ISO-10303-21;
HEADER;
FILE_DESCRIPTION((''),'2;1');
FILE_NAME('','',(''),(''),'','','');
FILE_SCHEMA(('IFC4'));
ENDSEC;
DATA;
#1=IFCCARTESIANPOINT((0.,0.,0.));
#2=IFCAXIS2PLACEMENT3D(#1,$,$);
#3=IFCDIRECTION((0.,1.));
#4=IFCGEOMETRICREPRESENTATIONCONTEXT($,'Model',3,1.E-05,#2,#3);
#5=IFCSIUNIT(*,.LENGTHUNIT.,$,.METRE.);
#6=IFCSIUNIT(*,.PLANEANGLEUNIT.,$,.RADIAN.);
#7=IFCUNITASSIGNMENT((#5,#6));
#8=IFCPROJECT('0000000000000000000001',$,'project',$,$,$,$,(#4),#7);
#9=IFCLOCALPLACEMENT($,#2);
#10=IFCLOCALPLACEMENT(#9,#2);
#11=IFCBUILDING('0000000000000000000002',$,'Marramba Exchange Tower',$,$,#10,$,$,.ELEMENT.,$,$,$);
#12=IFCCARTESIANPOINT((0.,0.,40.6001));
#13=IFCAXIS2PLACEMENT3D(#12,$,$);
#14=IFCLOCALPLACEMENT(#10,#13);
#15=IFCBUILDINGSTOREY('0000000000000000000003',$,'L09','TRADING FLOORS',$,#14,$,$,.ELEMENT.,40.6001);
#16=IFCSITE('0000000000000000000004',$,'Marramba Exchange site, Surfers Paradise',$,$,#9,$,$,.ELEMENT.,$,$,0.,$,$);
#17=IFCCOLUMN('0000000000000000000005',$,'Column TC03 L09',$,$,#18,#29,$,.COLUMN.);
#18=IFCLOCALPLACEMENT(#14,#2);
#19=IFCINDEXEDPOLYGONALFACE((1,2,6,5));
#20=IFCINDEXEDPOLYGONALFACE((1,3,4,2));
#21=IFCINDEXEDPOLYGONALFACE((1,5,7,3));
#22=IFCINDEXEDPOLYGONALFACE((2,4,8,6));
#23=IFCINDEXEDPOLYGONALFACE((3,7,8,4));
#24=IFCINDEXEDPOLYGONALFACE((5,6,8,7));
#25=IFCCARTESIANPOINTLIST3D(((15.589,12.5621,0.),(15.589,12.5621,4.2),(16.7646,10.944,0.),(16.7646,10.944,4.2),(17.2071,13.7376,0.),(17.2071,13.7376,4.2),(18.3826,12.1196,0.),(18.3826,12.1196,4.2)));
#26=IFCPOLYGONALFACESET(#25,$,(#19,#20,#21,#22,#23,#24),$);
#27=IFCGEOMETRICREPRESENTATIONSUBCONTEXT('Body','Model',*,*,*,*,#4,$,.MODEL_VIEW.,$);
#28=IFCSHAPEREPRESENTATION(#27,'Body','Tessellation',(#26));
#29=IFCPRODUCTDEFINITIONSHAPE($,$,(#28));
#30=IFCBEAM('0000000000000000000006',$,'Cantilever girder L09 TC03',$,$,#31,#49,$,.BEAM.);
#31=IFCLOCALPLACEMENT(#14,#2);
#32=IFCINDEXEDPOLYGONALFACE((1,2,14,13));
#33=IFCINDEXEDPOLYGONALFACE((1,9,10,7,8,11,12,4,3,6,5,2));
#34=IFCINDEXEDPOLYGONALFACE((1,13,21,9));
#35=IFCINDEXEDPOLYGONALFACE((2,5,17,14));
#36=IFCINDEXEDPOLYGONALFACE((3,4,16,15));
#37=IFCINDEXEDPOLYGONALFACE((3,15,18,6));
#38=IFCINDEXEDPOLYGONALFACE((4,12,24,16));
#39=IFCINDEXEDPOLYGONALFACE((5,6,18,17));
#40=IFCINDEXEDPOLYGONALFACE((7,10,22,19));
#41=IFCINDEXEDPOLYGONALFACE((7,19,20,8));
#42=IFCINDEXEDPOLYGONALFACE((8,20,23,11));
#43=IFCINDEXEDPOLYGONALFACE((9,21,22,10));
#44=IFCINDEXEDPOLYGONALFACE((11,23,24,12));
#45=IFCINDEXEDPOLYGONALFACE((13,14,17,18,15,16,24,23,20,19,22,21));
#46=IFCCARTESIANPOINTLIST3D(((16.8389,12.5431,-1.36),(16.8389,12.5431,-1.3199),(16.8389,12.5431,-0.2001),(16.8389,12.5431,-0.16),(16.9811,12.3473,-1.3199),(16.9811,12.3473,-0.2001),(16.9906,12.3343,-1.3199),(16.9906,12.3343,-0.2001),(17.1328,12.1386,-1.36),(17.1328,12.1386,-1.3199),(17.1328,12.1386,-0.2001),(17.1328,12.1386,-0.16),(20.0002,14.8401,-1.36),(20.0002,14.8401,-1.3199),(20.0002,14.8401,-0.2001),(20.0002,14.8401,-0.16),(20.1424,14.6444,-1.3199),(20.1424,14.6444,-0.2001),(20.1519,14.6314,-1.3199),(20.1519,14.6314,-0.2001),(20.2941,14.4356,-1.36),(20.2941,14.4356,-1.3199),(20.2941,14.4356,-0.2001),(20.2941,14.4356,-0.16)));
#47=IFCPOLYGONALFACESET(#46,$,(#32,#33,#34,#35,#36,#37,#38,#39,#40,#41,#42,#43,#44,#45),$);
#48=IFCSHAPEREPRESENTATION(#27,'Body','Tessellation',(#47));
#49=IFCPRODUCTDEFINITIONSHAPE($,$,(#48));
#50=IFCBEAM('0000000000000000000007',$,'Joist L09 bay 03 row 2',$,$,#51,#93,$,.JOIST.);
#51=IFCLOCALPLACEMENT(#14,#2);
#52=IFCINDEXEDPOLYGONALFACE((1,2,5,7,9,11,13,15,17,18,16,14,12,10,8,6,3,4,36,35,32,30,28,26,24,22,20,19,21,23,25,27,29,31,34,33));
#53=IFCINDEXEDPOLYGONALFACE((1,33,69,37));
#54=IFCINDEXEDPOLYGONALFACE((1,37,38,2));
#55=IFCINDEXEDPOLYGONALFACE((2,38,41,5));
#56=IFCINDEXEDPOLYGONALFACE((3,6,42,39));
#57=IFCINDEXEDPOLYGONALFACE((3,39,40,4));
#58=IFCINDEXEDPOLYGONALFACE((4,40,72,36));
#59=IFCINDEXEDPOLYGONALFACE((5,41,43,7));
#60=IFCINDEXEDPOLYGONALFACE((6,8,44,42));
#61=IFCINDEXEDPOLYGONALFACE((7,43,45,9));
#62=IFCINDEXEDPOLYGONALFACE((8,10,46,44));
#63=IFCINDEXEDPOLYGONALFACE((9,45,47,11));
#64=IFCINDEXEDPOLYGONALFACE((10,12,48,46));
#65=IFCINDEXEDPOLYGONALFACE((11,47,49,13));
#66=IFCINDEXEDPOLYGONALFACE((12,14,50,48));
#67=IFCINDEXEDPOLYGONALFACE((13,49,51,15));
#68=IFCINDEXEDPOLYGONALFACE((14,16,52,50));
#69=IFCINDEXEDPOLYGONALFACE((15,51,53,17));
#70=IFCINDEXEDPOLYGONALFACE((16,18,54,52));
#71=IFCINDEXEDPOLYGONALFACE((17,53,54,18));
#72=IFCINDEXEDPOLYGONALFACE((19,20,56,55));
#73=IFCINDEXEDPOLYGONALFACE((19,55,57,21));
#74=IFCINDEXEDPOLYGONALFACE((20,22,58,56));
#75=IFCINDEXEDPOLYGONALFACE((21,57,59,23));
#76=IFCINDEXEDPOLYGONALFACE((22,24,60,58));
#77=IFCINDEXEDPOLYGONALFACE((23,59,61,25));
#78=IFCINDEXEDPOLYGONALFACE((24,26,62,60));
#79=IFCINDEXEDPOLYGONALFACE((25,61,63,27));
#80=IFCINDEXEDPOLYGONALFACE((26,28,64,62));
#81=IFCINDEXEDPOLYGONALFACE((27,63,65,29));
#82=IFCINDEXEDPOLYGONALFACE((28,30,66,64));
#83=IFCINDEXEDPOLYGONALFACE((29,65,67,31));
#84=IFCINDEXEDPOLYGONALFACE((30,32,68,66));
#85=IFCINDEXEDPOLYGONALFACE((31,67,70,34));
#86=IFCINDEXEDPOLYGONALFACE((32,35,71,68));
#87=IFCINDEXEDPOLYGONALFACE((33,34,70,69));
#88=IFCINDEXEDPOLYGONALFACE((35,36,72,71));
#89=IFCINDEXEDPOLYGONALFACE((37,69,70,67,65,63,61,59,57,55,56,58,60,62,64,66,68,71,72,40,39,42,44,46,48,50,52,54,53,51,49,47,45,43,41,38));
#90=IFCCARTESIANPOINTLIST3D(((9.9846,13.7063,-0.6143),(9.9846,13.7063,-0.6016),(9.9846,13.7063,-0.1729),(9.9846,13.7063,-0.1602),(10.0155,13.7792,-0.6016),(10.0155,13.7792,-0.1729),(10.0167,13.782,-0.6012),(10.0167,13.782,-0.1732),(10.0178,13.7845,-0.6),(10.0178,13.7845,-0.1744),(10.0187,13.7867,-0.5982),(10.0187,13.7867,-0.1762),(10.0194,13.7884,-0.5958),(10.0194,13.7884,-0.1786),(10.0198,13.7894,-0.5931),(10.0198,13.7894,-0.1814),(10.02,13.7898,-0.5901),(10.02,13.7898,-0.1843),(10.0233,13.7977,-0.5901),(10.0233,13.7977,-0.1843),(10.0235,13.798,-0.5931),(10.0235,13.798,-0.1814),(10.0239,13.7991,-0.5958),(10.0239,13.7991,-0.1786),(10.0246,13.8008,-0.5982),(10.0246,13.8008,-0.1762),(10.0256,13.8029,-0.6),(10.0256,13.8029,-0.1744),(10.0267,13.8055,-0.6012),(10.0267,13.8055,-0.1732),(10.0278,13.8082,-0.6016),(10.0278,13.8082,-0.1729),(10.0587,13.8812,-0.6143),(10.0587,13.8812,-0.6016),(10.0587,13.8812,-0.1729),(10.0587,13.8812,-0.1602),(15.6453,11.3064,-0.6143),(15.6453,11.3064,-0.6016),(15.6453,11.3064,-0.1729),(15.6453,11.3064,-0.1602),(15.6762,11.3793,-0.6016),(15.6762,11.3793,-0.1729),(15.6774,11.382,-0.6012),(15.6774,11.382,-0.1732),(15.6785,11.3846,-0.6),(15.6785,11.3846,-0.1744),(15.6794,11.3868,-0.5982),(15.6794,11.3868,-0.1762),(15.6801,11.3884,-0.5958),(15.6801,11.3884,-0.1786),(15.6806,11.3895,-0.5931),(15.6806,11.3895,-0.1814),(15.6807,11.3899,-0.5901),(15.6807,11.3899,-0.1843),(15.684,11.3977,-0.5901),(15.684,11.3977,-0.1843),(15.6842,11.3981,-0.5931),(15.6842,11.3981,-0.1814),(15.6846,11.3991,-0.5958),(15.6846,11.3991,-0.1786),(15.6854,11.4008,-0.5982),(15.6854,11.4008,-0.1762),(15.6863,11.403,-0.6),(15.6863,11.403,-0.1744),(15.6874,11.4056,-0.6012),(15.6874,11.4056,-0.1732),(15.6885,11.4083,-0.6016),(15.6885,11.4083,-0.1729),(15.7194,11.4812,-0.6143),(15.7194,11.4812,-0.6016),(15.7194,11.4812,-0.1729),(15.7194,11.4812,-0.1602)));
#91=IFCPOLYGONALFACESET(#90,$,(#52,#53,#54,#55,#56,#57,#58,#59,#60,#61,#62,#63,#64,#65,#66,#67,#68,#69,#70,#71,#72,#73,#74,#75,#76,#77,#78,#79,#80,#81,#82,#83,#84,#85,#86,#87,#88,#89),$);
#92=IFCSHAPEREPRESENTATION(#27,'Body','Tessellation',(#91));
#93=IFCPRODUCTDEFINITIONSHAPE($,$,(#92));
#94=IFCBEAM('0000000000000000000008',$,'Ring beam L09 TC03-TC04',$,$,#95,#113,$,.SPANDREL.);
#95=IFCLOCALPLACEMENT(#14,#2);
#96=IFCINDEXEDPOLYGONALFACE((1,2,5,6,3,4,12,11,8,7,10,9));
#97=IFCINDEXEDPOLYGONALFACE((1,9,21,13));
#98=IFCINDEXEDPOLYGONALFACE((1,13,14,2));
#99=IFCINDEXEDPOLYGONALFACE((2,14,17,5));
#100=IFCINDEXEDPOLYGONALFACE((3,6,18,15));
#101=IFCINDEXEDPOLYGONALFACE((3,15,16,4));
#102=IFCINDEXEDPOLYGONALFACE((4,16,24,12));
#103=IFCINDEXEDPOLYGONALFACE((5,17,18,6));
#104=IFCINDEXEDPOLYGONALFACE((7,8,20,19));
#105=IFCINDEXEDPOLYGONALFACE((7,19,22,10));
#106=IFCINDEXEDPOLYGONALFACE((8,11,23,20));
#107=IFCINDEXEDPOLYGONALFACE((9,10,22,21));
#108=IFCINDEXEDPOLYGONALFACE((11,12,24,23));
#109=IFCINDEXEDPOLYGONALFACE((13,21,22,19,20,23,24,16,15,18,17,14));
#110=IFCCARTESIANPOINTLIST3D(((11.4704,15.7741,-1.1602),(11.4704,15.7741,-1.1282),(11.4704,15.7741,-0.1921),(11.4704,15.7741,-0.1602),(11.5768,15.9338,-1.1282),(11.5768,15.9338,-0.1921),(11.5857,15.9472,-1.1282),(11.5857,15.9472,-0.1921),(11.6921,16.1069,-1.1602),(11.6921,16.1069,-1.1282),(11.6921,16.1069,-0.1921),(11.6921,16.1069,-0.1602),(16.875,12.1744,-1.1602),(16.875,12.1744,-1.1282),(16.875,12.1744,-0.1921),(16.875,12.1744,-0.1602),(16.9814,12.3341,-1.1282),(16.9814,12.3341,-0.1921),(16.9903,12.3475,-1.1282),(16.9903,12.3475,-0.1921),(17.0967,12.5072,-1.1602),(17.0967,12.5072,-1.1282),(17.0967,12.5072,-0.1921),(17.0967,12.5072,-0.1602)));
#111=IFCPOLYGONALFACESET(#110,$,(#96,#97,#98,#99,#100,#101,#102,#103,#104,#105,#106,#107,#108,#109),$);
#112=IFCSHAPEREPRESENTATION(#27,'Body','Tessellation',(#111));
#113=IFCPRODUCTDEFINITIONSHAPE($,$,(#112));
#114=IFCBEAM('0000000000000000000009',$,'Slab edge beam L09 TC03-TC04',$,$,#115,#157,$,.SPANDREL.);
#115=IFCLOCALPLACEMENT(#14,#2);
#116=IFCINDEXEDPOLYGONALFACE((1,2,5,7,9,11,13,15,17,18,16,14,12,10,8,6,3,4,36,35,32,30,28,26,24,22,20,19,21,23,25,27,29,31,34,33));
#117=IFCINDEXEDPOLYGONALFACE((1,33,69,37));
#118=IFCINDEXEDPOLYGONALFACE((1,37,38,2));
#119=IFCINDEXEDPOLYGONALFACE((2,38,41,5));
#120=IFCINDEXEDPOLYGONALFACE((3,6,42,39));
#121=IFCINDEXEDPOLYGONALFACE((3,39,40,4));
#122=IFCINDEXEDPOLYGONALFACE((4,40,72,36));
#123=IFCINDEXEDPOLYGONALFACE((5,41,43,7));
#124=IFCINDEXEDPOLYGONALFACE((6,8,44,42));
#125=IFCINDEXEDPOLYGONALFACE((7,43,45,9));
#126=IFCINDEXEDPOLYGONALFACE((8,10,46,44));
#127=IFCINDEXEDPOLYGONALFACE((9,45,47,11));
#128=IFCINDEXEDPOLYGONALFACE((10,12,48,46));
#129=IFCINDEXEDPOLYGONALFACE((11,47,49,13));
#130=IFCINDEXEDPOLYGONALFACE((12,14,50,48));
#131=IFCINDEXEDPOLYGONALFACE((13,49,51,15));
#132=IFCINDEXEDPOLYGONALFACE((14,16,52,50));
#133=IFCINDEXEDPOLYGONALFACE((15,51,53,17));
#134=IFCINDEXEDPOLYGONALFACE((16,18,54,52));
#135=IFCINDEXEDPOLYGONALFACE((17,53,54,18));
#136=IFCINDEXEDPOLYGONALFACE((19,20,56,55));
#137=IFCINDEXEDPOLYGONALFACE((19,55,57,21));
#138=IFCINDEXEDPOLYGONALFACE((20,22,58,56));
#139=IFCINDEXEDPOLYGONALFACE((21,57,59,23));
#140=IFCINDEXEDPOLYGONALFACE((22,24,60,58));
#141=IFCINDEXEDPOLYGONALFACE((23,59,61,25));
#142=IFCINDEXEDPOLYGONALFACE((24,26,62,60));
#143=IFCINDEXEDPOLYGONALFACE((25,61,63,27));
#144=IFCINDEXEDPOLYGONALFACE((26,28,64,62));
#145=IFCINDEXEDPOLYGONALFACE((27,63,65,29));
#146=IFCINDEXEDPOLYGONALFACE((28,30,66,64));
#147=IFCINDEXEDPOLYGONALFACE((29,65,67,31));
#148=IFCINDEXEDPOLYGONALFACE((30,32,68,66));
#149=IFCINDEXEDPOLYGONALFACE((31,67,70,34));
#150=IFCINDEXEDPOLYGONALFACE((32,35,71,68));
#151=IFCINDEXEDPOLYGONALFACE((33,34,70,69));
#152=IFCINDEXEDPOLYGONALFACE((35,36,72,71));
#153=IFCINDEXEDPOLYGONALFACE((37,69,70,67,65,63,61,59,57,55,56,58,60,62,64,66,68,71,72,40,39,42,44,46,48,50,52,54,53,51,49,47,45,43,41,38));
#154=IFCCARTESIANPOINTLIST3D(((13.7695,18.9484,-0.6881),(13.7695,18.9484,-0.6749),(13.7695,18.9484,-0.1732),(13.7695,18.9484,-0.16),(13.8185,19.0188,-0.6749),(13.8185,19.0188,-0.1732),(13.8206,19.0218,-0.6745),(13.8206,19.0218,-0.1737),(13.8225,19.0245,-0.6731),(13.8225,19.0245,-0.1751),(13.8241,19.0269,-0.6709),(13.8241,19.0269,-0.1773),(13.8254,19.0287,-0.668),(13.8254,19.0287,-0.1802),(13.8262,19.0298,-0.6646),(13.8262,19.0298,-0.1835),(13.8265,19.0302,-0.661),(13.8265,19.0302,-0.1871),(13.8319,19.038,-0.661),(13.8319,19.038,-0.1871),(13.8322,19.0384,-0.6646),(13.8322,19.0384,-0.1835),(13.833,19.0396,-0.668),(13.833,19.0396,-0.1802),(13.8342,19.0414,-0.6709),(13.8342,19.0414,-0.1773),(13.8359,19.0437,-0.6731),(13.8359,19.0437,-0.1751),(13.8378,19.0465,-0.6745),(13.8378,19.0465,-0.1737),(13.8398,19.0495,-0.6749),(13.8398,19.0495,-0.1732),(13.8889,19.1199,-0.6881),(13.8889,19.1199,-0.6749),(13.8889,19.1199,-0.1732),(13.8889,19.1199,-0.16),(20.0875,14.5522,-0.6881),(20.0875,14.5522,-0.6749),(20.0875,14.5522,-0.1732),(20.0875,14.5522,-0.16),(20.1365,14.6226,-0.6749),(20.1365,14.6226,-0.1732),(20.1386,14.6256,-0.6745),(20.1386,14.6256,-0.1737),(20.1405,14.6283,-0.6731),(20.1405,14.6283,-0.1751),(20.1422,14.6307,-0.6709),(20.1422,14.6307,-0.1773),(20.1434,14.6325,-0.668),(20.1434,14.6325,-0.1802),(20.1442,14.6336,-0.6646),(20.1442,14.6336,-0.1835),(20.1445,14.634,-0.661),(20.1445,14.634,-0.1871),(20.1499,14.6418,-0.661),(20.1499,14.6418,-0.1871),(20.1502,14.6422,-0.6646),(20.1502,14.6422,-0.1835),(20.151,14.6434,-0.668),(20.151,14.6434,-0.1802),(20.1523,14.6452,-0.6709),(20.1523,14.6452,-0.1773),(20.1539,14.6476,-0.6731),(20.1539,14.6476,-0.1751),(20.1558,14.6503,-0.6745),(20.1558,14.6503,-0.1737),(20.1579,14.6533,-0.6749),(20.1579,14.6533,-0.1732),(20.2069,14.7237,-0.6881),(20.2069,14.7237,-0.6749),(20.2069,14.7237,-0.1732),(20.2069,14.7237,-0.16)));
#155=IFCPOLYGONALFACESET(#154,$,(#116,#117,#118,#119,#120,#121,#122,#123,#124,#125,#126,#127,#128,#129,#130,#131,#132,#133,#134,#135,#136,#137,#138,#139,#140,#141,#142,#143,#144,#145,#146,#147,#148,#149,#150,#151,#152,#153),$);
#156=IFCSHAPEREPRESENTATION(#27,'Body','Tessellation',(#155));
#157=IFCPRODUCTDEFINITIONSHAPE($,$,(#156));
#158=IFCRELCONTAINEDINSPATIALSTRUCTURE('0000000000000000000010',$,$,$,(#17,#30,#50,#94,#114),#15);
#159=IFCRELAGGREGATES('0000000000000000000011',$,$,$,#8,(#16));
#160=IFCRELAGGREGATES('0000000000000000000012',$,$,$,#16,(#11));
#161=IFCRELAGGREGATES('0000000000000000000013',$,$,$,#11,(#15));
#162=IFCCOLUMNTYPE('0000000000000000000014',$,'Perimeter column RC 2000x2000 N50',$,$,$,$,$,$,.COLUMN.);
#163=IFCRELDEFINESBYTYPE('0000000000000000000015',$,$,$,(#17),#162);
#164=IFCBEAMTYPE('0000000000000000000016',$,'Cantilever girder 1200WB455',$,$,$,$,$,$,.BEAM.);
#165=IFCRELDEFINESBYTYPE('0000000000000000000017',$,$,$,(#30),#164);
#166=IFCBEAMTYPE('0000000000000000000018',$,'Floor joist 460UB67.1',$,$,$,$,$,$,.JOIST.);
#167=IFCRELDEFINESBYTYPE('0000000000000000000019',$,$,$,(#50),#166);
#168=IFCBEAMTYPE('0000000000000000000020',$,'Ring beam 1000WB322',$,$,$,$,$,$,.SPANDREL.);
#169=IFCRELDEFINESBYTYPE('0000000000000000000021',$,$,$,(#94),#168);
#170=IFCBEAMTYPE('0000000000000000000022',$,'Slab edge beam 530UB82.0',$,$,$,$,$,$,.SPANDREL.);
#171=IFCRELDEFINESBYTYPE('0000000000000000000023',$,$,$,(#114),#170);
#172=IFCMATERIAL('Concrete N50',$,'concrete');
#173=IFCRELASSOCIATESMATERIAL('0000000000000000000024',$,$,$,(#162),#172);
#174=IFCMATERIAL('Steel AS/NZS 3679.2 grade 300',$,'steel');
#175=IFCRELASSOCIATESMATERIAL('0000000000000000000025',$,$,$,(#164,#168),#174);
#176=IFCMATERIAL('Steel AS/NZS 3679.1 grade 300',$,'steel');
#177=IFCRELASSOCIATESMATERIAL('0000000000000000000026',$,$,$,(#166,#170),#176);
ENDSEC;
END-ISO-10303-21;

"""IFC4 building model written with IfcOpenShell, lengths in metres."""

from ifc_helpers import new_model, si_unit, direction, frame, origin, origin_2d, place, context, subcontext, project, spatial, rectangle, i_section, extrude, material, material_profile, profile_set, type_object, element, save


model = new_model("IFC4")

# Units and contexts
model_context = context("Model", 3, precision=1e-05, world=origin(), true_north=direction((0.0, 1.0)))
body_context = subcontext(model_context, "Body", "Model", "MODEL_VIEW")
ifc_project = project(units=[si_unit("LENGTHUNIT", "METRE"), si_unit("PLANEANGLEUNIT", "RADIAN")], contexts=[model_context])

# Site, building, storey
site_placement = place(None, origin())
site = spatial("IfcSite", under=ifc_project, at=site_placement, Name="Marramba Exchange site, Surfers Paradise", CompositionType="ELEMENT", RefElevation=0.0)
building_placement = place(site_placement, origin())
building = spatial("IfcBuilding", under=site, at=building_placement, Name="Marramba Exchange Tower", CompositionType="ELEMENT")
storey_placement = place(building_placement, frame((0.0, 0.0, 40.6001)))
storey = spatial("IfcBuildingStorey", under=building, at=storey_placement, Name="L09", Description="TRADING FLOORS", CompositionType="ELEMENT", Elevation=40.6001)

# Column
ifc_material_1 = material(Name="Concrete N50", Category="concrete")
ifc_material_profile_1 = material_profile(ifc_material_1, rectangle(XDim=2.0, YDim=2.0, at=origin_2d()), Name="RC 2000x2000")
ifc_profile_set_1 = profile_set([ifc_material_profile_1], Name="Concrete N50")
column_type = type_object("IfcColumnType", Name="Perimeter column RC 2000x2000 N50", PredefinedType="COLUMN", material=ifc_profile_set_1)
column_placement = place(storey_placement, frame((16.9858, 12.3408, 0.0), z_axis=(0.0, 0.0, 1.0), x_axis=(0.809017, 0.587785, 0.0)))
element("IfcColumn", 1, at=column_placement, inside=storey, type_object=column_type, Name="Column TC03 L09", PredefinedType="COLUMN", context=body_context, shape_type="SweptSolid", body=[
    extrude(rectangle(XDim=2.0, YDim=2.0, at=origin_2d()), origin(), (0.0, 0.0, 1.0), 4.2),
])

# Beams
ifc_material_2 = material(Name="Steel AS/NZS 3679.2 grade 300", Category="steel")
ifc_material_profile_2 = material_profile(ifc_material_2, i_section(OverallWidth=0.5, OverallDepth=1.2, WebThickness=0.0161, FlangeThickness=0.04, at=origin_2d()), Name="1200WB455")
ifc_profile_set_2 = profile_set([ifc_material_profile_2], Name="Steel AS/NZS 3679.2 grade 300")
beam_type_1 = type_object("IfcBeamType", Name="Cantilever girder 1200WB455", PredefinedType="BEAM", material=ifc_profile_set_2)
beam_1_placement = place(storey_placement, frame((16.9858, 12.3408, -0.76), z_axis=(0.808987, 0.587826, 0.0), x_axis=(-0.587826, 0.808987, 0.0)))
element("IfcBeam", 2, at=beam_1_placement, inside=storey, type_object=beam_type_1, Name="Cantilever girder L09 TC03", PredefinedType="BEAM", context=body_context, shape_type="SweptSolid", body=[
    extrude(i_section(OverallWidth=0.5, OverallDepth=1.2, WebThickness=0.0161, FlangeThickness=0.04, at=origin_2d()), origin(), (0.0, 0.0, 1.0), 3.9077),
])
ifc_material_3 = material(Name="Steel AS/NZS 3679.1 grade 300", Category="steel")
ifc_material_profile_3 = material_profile(ifc_material_3, i_section(OverallWidth=0.1899, OverallDepth=0.4541, WebThickness=0.0085, FlangeThickness=0.0127, FilletRadius=0.0115, at=origin_2d()), Name="460UB67.1")
ifc_profile_set_3 = profile_set([ifc_material_profile_3], Name="Steel AS/NZS 3679.1 grade 300")
beam_type_2 = type_object("IfcBeamType", Name="Floor joist 460UB67.1", PredefinedType="JOIST", material=ifc_profile_set_3)
beam_2_placement = place(storey_placement, frame((15.6824, 11.3938, -0.3872), z_axis=(-0.920674, 0.390332, 0.0), x_axis=(-0.390332, -0.920674, 0.0)))
element("IfcBeam", 3, at=beam_2_placement, inside=storey, type_object=beam_type_2, Name="Joist L09 bay 03 row 2", PredefinedType="JOIST", context=body_context, shape_type="SweptSolid", body=[
    extrude(i_section(OverallWidth=0.1899, OverallDepth=0.4541, WebThickness=0.0085, FlangeThickness=0.0127, FilletRadius=0.0115, at=origin_2d()), origin(), (0.0, 0.0, 1.0), 6.1484),
])
ifc_material_profile_4 = material_profile(ifc_material_2, i_section(OverallWidth=0.3999, OverallDepth=1.0, WebThickness=0.0161, FlangeThickness=0.032, at=origin_2d()), Name="1000WB322")
ifc_profile_set_4 = profile_set([ifc_material_profile_4], Name="Steel AS/NZS 3679.2 grade 300")
beam_type_3 = type_object("IfcBeamType", Name="Ring beam 1000WB322", PredefinedType="SPANDREL", material=ifc_profile_set_4)
beam_3_placement = place(storey_placement, frame((16.9858, 12.3408, -0.6602), z_axis=(-0.832293, 0.554336, 0.0), x_axis=(-0.554336, -0.832293, 0.0)))
element("IfcBeam", 4, at=beam_3_placement, inside=storey, type_object=beam_type_3, Name="Ring beam L09 TC03-TC04", PredefinedType="SPANDREL", context=body_context, shape_type="SweptSolid", body=[
    extrude(i_section(OverallWidth=0.3999, OverallDepth=1.0, WebThickness=0.0161, FlangeThickness=0.032, at=origin_2d()), origin(), (0.0, 0.0, 1.0), 6.4937),
])
ifc_material_profile_5 = material_profile(ifc_material_3, i_section(OverallWidth=0.209, OverallDepth=0.5281, WebThickness=0.0095, FlangeThickness=0.0132, FilletRadius=0.0139, at=origin_2d()), Name="530UB82.0")
ifc_profile_set_5 = profile_set([ifc_material_profile_5], Name="Steel AS/NZS 3679.1 grade 300")
beam_type_4 = type_object("IfcBeamType", Name="Slab edge beam 530UB82.0", PredefinedType="SPANDREL", material=ifc_profile_set_5)
beam_4_placement = place(storey_placement, frame((20.1472, 14.6379, -0.4241), z_axis=(-0.820842, 0.571155, 0.0), x_axis=(-0.571155, -0.820842, 0.0)))
element("IfcBeam", 5, at=beam_4_placement, inside=storey, type_object=beam_type_4, Name="Slab edge beam L09 TC03-TC04", PredefinedType="SPANDREL", context=body_context, shape_type="SweptSolid", body=[
    extrude(i_section(OverallWidth=0.209, OverallDepth=0.5281, WebThickness=0.0095, FlangeThickness=0.0132, FilletRadius=0.0139, at=origin_2d()), origin(), (0.0, 0.0, 1.0), 7.697),
])

save(model, "model.ifc")
